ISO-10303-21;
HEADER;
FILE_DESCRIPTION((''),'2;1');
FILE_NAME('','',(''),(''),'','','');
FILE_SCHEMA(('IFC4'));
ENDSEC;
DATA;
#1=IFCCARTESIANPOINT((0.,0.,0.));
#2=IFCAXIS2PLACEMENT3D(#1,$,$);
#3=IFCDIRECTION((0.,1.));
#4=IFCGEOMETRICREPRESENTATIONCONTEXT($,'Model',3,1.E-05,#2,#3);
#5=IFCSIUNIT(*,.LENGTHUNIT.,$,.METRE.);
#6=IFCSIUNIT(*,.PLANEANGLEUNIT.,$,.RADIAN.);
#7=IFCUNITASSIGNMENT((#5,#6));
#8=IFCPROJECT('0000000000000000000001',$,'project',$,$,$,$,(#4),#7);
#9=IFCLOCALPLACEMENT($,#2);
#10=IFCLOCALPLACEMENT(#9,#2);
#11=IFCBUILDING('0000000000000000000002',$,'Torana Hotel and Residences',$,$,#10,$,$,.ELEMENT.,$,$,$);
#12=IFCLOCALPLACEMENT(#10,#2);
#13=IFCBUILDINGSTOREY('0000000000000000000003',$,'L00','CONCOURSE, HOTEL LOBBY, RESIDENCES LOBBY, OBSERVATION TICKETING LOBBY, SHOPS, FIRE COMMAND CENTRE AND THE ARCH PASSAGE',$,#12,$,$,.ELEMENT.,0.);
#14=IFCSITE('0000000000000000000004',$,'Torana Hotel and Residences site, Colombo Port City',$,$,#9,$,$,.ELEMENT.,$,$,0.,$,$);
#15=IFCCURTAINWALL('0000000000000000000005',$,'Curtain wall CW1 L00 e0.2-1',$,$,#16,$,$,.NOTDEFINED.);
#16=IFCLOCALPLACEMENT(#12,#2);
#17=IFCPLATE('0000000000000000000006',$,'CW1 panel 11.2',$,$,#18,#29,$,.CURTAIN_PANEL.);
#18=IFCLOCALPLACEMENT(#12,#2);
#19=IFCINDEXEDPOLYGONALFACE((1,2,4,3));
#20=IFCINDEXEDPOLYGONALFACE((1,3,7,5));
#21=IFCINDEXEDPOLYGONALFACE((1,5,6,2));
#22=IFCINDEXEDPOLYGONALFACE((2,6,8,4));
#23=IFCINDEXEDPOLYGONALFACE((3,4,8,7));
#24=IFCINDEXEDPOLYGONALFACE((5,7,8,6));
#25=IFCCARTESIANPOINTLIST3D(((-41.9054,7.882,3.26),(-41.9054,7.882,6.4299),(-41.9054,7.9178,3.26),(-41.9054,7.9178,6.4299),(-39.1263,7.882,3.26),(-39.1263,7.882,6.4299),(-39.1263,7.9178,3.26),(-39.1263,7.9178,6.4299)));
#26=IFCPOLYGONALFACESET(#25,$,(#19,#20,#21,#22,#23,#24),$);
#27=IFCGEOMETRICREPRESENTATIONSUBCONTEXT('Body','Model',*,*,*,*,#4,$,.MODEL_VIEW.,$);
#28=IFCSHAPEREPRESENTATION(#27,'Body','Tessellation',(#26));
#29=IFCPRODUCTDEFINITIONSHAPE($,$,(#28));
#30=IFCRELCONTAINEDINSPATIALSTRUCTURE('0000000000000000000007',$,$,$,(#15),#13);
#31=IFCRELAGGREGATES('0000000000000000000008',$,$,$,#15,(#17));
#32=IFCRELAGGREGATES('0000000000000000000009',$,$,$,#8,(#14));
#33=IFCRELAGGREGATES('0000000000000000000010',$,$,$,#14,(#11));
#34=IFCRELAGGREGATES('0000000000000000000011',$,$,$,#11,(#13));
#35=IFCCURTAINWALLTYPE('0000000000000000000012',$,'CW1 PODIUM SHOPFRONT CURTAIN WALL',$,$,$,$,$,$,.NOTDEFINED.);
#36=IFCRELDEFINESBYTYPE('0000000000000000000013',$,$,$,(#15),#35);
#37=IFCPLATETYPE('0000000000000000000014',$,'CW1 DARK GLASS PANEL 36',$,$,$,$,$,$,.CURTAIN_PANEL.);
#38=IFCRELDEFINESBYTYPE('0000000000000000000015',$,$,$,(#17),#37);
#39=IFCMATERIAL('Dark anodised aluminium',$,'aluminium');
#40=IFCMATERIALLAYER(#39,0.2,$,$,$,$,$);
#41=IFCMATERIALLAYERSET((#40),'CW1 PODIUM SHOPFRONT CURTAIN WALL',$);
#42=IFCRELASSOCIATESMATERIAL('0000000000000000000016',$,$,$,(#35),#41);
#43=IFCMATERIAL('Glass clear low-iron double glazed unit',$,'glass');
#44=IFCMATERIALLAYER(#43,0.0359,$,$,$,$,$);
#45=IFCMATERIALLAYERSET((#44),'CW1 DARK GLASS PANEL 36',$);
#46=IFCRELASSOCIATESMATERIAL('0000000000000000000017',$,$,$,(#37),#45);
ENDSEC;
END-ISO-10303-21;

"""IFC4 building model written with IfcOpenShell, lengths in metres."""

from ifc_helpers import new_model, si_unit, direction, frame, origin, origin_2d, place, context, subcontext, project, spatial, rectangle, extrude, material, layer, layer_set, type_object, element, aggregate, save


model = new_model("IFC4")

# Units and contexts
model_context = context("Model", 3, precision=1e-05, world=origin(), true_north=direction((0.0, 1.0)))
body_context = subcontext(model_context, "Body", "Model", "MODEL_VIEW")
ifc_project = project(units=[si_unit("LENGTHUNIT", "METRE"), si_unit("PLANEANGLEUNIT", "RADIAN")], contexts=[model_context])

# Site, building, storey
site_placement = place(None, origin())
site = spatial("IfcSite", under=ifc_project, at=site_placement, Name="Torana Hotel and Residences site, Colombo Port City", CompositionType="ELEMENT", RefElevation=0.0)
building_placement = place(site_placement, origin())
building = spatial("IfcBuilding", under=site, at=building_placement, Name="Torana Hotel and Residences", CompositionType="ELEMENT")
storey_placement = place(building_placement, origin())
storey = spatial("IfcBuildingStorey", under=building, at=storey_placement, Name="L00", Description="CONCOURSE, HOTEL LOBBY, RESIDENCES LOBBY, OBSERVATION TICKETING LOBBY, SHOPS, FIRE COMMAND CENTRE AND THE ARCH PASSAGE", CompositionType="ELEMENT", Elevation=0.0)

# Curtain wall
ifc_material_1 = material(Name="Dark anodised aluminium", Category="aluminium")
ifc_layer_1 = layer(ifc_material_1, 0.2)
ifc_layer_set_1 = layer_set([ifc_layer_1], Name="CW1 PODIUM SHOPFRONT CURTAIN WALL")
curtain_wall_type = type_object("IfcCurtainWallType", Name="CW1 PODIUM SHOPFRONT CURTAIN WALL", PredefinedType="NOTDEFINED", material=ifc_layer_set_1)
curtain_wall_1_placement = place(storey_placement, origin())
curtain_wall_1 = element("IfcCurtainWall", 1, at=curtain_wall_1_placement, inside=storey, type_object=curtain_wall_type, Name="Curtain wall CW1 L00 e0.2-1", PredefinedType="NOTDEFINED")

# Plate
ifc_material_2 = material(Name="Glass clear low-iron double glazed unit", Category="glass")
ifc_layer_2 = layer(ifc_material_2, 0.0359)
ifc_layer_set_2 = layer_set([ifc_layer_2], Name="CW1 DARK GLASS PANEL 36")
plate_type = type_object("IfcPlateType", Name="CW1 DARK GLASS PANEL 36", PredefinedType="CURTAIN_PANEL", material=ifc_layer_set_2)
plate_1_placement = place(storey_placement, frame((-40.5159, 7.8999, 3.26), z_axis=(0.0, 0.0, 1.0), x_axis=(-1.0, 0.0, 0.0)))
plate_1 = element("IfcPlate", 2, at=plate_1_placement, type_object=plate_type, Name="CW1 panel 11.2", PredefinedType="CURTAIN_PANEL", context=body_context, shape_type="SweptSolid", body=[
    extrude(rectangle(XDim=2.7791, YDim=0.0359, at=origin_2d()), origin(), (0.0, 0.0, 1.0), 3.1699),
])
aggregate(curtain_wall_1, [plate_1])

save(model, "model.ifc")
